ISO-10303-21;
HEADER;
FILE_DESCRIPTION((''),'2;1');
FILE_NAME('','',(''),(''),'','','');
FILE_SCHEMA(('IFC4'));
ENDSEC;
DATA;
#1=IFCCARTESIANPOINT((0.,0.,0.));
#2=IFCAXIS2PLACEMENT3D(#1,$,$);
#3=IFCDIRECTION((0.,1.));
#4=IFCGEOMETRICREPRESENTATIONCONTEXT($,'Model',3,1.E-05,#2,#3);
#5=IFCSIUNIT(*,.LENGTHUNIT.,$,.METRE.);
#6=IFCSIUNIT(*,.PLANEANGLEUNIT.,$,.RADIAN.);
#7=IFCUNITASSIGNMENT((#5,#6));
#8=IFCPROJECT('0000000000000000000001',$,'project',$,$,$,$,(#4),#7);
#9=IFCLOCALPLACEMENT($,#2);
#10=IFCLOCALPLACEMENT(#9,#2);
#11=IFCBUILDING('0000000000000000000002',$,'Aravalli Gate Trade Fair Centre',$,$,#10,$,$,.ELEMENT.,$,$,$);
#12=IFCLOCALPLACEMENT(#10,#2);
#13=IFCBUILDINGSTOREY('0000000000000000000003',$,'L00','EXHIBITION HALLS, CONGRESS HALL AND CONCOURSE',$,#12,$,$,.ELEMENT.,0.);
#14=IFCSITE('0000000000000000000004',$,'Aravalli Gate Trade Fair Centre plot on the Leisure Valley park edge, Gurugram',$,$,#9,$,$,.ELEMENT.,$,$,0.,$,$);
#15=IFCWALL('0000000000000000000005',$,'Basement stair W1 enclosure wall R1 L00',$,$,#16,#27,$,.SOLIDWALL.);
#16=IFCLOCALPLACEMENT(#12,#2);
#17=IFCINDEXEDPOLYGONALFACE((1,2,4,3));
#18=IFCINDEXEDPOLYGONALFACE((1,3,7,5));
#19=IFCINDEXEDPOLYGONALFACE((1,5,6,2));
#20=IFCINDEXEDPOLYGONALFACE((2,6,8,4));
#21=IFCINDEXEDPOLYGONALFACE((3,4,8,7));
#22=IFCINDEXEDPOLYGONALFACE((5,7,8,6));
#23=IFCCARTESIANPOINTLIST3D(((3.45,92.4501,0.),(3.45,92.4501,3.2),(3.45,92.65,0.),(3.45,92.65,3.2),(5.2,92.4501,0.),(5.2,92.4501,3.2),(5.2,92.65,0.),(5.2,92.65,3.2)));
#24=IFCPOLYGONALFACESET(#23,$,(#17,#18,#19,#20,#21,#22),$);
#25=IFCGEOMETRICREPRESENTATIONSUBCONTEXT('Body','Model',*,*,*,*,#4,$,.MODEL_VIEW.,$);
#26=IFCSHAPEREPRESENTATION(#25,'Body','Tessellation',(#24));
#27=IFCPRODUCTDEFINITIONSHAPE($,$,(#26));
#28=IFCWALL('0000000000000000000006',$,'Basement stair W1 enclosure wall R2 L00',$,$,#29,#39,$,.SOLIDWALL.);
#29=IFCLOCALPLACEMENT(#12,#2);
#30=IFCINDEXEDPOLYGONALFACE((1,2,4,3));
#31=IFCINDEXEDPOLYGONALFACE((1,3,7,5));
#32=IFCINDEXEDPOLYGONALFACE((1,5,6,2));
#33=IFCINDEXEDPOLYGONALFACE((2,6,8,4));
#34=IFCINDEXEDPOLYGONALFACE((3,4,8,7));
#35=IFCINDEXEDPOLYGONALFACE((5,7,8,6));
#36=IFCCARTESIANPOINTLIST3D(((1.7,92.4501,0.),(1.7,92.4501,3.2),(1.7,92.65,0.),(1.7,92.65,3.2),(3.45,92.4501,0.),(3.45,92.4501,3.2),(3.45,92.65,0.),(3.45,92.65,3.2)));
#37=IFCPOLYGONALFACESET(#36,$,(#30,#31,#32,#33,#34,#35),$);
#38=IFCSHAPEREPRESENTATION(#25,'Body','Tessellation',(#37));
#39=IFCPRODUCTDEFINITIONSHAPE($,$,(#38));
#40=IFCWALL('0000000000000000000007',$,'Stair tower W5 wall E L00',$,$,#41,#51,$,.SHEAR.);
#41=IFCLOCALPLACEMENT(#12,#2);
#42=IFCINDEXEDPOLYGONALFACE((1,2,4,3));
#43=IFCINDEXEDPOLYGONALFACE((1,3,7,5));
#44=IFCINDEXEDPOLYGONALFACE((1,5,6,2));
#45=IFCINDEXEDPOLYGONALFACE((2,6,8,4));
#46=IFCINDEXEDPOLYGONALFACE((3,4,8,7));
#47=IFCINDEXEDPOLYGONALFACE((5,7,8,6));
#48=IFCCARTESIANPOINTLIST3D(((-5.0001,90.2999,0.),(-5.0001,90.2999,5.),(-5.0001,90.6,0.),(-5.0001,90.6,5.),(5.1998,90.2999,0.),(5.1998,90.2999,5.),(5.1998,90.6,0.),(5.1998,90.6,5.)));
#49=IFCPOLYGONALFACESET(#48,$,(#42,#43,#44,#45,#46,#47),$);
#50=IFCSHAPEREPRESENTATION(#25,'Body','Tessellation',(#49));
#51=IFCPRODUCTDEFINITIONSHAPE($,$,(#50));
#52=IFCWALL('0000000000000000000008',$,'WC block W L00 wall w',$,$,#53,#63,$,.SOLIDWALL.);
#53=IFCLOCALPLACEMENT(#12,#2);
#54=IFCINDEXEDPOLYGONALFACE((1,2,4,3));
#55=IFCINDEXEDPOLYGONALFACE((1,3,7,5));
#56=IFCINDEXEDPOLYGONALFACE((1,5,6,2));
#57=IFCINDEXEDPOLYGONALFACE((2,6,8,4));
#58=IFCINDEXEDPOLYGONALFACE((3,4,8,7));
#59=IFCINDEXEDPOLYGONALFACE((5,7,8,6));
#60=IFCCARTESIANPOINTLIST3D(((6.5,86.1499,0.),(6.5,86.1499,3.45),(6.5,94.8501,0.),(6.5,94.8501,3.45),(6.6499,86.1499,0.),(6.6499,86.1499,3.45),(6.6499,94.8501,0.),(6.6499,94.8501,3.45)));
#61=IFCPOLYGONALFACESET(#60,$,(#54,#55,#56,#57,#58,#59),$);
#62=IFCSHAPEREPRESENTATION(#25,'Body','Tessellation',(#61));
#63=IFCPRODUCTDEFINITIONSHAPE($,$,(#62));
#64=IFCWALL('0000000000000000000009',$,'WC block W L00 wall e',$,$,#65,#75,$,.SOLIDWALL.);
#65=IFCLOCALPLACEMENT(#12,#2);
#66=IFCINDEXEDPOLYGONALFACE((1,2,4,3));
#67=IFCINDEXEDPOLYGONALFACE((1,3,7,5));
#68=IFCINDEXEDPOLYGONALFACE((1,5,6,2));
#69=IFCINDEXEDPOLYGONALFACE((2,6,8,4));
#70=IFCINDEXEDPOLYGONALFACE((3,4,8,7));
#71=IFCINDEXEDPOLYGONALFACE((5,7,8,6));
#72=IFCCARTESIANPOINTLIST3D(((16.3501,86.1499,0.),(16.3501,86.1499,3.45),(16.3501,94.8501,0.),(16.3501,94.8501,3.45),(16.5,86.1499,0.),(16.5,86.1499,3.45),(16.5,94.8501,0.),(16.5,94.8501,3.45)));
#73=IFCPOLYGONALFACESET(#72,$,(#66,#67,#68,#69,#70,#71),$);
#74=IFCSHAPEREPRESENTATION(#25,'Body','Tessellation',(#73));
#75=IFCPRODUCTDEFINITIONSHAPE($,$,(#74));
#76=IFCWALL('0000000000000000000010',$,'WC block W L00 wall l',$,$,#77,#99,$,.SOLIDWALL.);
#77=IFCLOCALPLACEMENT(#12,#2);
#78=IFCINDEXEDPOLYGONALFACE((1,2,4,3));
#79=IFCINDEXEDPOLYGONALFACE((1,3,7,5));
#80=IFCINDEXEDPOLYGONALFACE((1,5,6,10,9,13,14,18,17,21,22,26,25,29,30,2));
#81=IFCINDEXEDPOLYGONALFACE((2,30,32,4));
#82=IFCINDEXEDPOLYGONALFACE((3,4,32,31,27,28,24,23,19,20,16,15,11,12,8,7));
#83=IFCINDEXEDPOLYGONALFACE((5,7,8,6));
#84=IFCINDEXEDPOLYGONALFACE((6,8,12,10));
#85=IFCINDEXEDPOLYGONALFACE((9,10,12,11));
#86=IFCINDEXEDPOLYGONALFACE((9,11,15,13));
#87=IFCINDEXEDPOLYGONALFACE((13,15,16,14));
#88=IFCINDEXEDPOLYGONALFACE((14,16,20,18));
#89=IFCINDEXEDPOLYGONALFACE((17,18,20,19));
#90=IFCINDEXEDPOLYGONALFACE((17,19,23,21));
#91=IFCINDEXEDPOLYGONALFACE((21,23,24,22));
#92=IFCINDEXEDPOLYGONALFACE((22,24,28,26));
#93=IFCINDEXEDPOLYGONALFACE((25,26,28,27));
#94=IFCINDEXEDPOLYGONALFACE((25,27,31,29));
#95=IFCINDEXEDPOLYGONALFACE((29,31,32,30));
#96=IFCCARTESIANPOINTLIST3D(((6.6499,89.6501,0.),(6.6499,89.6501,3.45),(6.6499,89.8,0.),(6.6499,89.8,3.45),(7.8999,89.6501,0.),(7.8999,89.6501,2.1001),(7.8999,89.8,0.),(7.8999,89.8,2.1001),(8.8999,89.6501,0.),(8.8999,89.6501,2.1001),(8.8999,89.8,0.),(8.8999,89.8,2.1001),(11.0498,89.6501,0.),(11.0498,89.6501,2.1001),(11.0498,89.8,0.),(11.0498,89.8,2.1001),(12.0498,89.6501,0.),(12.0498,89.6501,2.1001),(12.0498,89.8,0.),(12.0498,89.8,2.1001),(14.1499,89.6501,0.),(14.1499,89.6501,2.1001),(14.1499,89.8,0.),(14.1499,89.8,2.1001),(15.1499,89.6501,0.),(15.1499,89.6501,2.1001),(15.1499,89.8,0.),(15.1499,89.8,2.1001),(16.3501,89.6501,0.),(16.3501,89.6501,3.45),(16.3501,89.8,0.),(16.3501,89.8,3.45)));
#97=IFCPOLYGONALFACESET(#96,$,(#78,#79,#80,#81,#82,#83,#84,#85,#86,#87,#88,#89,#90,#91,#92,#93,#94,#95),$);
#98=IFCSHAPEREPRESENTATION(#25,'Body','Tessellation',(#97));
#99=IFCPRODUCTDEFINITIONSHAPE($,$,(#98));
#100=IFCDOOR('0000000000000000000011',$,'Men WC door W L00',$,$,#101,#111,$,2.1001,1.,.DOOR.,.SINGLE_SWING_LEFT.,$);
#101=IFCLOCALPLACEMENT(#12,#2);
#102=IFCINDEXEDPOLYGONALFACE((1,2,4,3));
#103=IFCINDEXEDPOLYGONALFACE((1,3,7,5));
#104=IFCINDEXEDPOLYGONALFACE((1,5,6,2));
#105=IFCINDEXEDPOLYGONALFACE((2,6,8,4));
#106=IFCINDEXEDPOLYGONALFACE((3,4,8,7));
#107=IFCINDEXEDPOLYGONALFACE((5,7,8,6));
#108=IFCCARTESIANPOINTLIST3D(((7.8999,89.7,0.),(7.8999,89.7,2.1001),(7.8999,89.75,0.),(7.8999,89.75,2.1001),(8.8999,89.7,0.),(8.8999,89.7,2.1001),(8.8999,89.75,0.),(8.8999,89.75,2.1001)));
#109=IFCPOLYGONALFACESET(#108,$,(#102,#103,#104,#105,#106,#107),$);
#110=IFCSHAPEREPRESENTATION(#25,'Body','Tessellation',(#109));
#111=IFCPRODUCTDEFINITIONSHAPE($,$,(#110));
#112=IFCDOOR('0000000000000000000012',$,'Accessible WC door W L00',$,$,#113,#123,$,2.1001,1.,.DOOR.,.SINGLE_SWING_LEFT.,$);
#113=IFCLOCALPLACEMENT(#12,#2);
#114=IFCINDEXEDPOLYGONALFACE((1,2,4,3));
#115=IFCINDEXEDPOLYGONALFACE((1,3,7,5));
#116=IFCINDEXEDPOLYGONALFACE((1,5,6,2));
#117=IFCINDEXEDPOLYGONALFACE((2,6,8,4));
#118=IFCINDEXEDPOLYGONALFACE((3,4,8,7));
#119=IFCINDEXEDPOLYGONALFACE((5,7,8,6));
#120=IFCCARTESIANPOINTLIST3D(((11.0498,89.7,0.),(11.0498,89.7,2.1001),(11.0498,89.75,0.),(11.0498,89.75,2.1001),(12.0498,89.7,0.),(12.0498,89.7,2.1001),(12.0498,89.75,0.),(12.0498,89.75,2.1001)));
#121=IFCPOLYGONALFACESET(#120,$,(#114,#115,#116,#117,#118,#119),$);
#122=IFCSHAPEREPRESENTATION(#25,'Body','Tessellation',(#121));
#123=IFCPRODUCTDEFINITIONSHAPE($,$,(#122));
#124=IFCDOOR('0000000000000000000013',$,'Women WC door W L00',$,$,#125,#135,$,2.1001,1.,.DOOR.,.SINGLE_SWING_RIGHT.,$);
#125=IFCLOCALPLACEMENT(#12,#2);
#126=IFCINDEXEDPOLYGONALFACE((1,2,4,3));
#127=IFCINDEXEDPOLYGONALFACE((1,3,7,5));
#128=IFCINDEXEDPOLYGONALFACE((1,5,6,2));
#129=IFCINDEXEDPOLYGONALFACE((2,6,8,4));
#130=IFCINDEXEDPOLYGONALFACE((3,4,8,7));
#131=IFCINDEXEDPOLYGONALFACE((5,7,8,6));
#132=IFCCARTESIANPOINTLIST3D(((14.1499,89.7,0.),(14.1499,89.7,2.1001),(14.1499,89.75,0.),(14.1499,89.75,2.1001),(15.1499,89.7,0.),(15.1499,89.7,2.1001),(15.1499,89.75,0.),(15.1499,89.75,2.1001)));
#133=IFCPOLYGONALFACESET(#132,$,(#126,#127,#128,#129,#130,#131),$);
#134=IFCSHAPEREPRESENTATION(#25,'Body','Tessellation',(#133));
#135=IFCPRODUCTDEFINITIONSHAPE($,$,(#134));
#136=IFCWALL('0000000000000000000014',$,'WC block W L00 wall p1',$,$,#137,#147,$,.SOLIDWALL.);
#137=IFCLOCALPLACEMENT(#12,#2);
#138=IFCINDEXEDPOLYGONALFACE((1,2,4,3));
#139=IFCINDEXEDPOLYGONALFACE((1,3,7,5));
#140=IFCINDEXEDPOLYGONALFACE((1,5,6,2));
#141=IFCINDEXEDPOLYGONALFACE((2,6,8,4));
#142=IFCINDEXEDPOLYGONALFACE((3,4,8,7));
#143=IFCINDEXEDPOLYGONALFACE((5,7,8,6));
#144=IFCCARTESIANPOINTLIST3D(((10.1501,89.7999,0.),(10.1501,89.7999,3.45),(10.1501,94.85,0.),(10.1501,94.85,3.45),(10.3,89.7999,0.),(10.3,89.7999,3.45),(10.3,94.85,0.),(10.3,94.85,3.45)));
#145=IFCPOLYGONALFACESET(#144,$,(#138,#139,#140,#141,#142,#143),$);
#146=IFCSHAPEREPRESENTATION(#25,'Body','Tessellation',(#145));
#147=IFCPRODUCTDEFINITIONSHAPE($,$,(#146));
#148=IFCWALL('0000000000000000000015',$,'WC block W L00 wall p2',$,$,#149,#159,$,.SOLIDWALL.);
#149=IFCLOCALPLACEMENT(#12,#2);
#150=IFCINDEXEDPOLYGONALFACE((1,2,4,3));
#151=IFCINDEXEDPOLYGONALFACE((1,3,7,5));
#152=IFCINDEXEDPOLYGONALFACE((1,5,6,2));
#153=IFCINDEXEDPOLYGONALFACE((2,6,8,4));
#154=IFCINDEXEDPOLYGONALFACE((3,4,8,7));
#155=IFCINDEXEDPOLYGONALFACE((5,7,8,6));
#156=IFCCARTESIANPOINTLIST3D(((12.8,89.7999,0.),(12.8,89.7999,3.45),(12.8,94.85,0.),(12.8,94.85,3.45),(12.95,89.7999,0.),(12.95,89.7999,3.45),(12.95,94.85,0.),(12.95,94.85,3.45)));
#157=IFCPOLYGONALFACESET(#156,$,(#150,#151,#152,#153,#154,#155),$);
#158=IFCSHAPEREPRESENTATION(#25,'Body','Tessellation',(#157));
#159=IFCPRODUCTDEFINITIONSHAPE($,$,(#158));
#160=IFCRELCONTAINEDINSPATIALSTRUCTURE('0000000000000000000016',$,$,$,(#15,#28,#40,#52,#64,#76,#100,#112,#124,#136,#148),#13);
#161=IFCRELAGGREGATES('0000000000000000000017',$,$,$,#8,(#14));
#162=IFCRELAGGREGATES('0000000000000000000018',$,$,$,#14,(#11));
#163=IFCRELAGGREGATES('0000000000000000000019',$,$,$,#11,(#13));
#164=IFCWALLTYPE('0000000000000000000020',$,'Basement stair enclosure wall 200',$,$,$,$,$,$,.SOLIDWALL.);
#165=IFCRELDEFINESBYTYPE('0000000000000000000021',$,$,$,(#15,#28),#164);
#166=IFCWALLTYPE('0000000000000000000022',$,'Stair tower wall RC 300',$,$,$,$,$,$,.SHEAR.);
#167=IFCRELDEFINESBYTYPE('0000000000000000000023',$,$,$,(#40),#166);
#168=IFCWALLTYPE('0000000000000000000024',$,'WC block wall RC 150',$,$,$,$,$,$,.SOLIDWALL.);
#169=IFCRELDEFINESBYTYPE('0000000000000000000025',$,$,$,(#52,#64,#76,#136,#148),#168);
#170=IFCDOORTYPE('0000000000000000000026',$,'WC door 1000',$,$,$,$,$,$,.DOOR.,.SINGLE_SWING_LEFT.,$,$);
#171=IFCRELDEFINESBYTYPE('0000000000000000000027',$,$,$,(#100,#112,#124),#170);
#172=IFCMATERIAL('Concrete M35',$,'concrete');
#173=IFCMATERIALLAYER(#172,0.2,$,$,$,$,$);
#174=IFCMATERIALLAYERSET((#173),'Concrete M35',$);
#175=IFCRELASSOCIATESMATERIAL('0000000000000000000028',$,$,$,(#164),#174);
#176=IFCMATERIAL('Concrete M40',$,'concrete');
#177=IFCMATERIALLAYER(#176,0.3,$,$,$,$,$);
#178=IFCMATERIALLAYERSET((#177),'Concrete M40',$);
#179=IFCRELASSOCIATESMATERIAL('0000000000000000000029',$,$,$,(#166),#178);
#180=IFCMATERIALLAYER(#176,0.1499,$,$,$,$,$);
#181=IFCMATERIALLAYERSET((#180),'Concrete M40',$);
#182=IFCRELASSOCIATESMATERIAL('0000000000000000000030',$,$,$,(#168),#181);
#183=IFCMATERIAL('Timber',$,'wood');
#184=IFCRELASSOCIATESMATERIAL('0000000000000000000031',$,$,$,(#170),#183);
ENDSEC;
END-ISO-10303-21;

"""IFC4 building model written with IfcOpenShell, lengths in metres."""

from ifc_helpers import new_model, si_unit, direction, frame, frame_2d, origin, place, context, subcontext, project, spatial, rectangle, extrude, material, layer, layer_set, type_object, element, fill, save


model = new_model("IFC4")

# Units and contexts
model_context = context("Model", 3, precision=1e-05, world=origin(), true_north=direction((0.0, 1.0)))
body_context = subcontext(model_context, "Body", "Model", "MODEL_VIEW")
ifc_project = project(units=[si_unit("LENGTHUNIT", "METRE"), si_unit("PLANEANGLEUNIT", "RADIAN")], contexts=[model_context])

# Site, building, storey
site_placement = place(None, origin())
site = spatial("IfcSite", under=ifc_project, at=site_placement, Name="Aravalli Gate Trade Fair Centre plot on the Leisure Valley park edge, Gurugram", CompositionType="ELEMENT", RefElevation=0.0)
building_placement = place(site_placement, origin())
building = spatial("IfcBuilding", under=site, at=building_placement, Name="Aravalli Gate Trade Fair Centre", CompositionType="ELEMENT")
storey_placement = place(building_placement, origin())
storey = spatial("IfcBuildingStorey", under=building, at=storey_placement, Name="L00", Description="EXHIBITION HALLS, CONGRESS HALL AND CONCOURSE", CompositionType="ELEMENT", Elevation=0.0)

# Walls
ifc_material_1 = material(Name="Concrete M35", Category="concrete")
ifc_layer_1 = layer(ifc_material_1, 0.2)
ifc_layer_set_1 = layer_set([ifc_layer_1], Name="Concrete M35")
wall_type_1 = type_object("IfcWallType", Name="Basement stair enclosure wall 200", PredefinedType="SOLIDWALL", material=ifc_layer_set_1)
for number, where, z_axis, x_axis, name in (
    (1, (5.2, 92.55, 0.0), (0.0, 0.0, 1.0), (-1.0, 0.0, 0.0), "Basement stair W1 enclosure wall R1 L00"),
    (2, (3.45, 92.55, 0.0), (0.0, 0.0, 1.0), (-1.0, 0.0, 0.0), "Basement stair W1 enclosure wall R2 L00"),
):
    element("IfcWall", number, at=place(storey_placement, frame(where, z_axis=z_axis, x_axis=x_axis)), inside=storey, type_object=wall_type_1, Name=name, PredefinedType="SOLIDWALL", context=body_context, shape_type="SweptSolid", body=[
        extrude(rectangle(XDim=1.75, YDim=0.2, at=frame_2d((0.875, 0.0))), origin(), (0.0, 0.0, 1.0), 3.2),
    ])
ifc_material_2 = material(Name="Concrete M40", Category="concrete")
ifc_layer_2 = layer(ifc_material_2, 0.3)
ifc_layer_set_2 = layer_set([ifc_layer_2], Name="Concrete M40")
wall_type_2 = type_object("IfcWallType", Name="Stair tower wall RC 300", PredefinedType="SHEAR", material=ifc_layer_set_2)
wall_1_placement = place(storey_placement, frame((5.2, 90.45, 0.0), z_axis=(0.0, 0.0, 1.0), x_axis=(-1.0, 0.0, 0.0)))
element("IfcWall", 3, at=wall_1_placement, inside=storey, type_object=wall_type_2, Name="Stair tower W5 wall E L00", PredefinedType="SHEAR", context=body_context, shape_type="SweptSolid", body=[
    extrude(rectangle(XDim=10.2, YDim=0.3, at=frame_2d((5.1001, 0.0))), origin(), (0.0, 0.0, 1.0), 5.0),
])
ifc_layer_3 = layer(ifc_material_2, 0.1499)
ifc_layer_set_3 = layer_set([ifc_layer_3], Name="Concrete M40")
wall_type_3 = type_object("IfcWallType", Name="WC block wall RC 150", PredefinedType="SOLIDWALL", material=ifc_layer_set_3)
for number, where, z_axis, x_axis, name in (
    (4, (6.575, 86.1499, 0.0), (0.0, 0.0, 1.0), (0.0, 1.0, 0.0), "WC block W L00 wall w"),
    (5, (16.425, 86.1499, 0.0), (0.0, 0.0, 1.0), (0.0, 1.0, 0.0), "WC block W L00 wall e"),
):
    element("IfcWall", number, at=place(storey_placement, frame(where, z_axis=z_axis, x_axis=x_axis)), inside=storey, type_object=wall_type_3, Name=name, PredefinedType="SOLIDWALL", context=body_context, shape_type="SweptSolid", body=[
        extrude(rectangle(XDim=8.7002, YDim=0.1499, at=frame_2d((4.3501, 0.0))), origin(), (0.0, 0.0, 1.0), 3.45),
    ])

# Wall, openings, doors
wall_2_placement = place(storey_placement, frame((6.6499, 89.7251, 0.0), z_axis=(0.0, 0.0, 1.0), x_axis=(1.0, 0.0, 0.0)))
wall_2 = element("IfcWall", 6, at=wall_2_placement, inside=storey, type_object=wall_type_3, Name="WC block W L00 wall l", PredefinedType="SOLIDWALL", context=body_context, shape_type="SweptSolid", body=[
    extrude(rectangle(XDim=9.7002, YDim=0.1499, at=frame_2d((4.8501, 0.0))), origin(), (0.0, 0.0, 1.0), 3.45),
])
opening_1_placement = place(wall_2_placement, frame((1.25, 0.0, 0.0)))
opening_1 = element("IfcOpeningElement", 7, at=opening_1_placement, cuts=wall_2, PredefinedType="OPENING", context=body_context, shape_type="SweptSolid", body=[
    extrude(rectangle(XDim=1.0, YDim=2.1001, at=frame_2d((0.5, 1.05))), frame((0.0, 0.085, 0.0), z_axis=(0.0, -1.0, 0.0), x_axis=(1.0, 0.0, 0.0)), (0.0, 0.0, 1.0), 0.1699),
])
opening_2_placement = place(wall_2_placement, frame((4.3999, 0.0, 0.0)))
opening_2 = element("IfcOpeningElement", 8, at=opening_2_placement, cuts=wall_2, PredefinedType="OPENING", context=body_context, shape_type="SweptSolid", body=[
    extrude(rectangle(XDim=1.0, YDim=2.1001, at=frame_2d((0.5, 1.05))), frame((0.0, 0.085, 0.0), z_axis=(0.0, -1.0, 0.0), x_axis=(1.0, 0.0, 0.0)), (0.0, 0.0, 1.0), 0.1699),
])
opening_3_placement = place(wall_2_placement, frame((7.5, 0.0, 0.0)))
opening_3 = element("IfcOpeningElement", 9, at=opening_3_placement, cuts=wall_2, PredefinedType="OPENING", context=body_context, shape_type="SweptSolid", body=[
    extrude(rectangle(XDim=1.0, YDim=2.1001, at=frame_2d((0.5, 1.05))), frame((0.0, 0.085, 0.0), z_axis=(0.0, -1.0, 0.0), x_axis=(1.0, 0.0, 0.0)), (0.0, 0.0, 1.0), 0.1699),
])
ifc_material_3 = material(Name="Timber", Category="wood")
door_type = type_object("IfcDoorType", Name="WC door 1000", OperationType="SINGLE_SWING_LEFT", PredefinedType="DOOR", material=ifc_material_3)
door_1_placement = place(opening_1_placement, origin())
door_1 = element("IfcDoor", 10, at=door_1_placement, inside=storey, type_object=door_type, Name="Men WC door W L00", OperationType="SINGLE_SWING_LEFT", OverallHeight=2.1001, OverallWidth=1.0, PredefinedType="DOOR", context=body_context, shape_type="SweptSolid", body=[
    extrude(rectangle(XDim=1.0, YDim=2.1001, at=frame_2d((0.5, 1.05))), frame((0.0, 0.0249, 0.0), z_axis=(0.0, -1.0, 0.0), x_axis=(1.0, 0.0, 0.0)), (0.0, 0.0, 1.0), 0.05),
])
fill(opening_1, door_1)
door_2_placement = place(opening_2_placement, origin())
door_2 = element("IfcDoor", 11, at=door_2_placement, inside=storey, type_object=door_type, Name="Accessible WC door W L00", OperationType="SINGLE_SWING_LEFT", OverallHeight=2.1001, OverallWidth=1.0, PredefinedType="DOOR", context=body_context, shape_type="SweptSolid", body=[
    extrude(rectangle(XDim=1.0, YDim=2.1001, at=frame_2d((0.5, 1.05))), frame((0.0, 0.0249, 0.0), z_axis=(0.0, -1.0, 0.0), x_axis=(1.0, 0.0, 0.0)), (0.0, 0.0, 1.0), 0.05),
])
fill(opening_2, door_2)
door_3_placement = place(opening_3_placement, origin())
door_3 = element("IfcDoor", 12, at=door_3_placement, inside=storey, type_object=door_type, Name="Women WC door W L00", OperationType="SINGLE_SWING_RIGHT", OverallHeight=2.1001, OverallWidth=1.0, PredefinedType="DOOR", context=body_context, shape_type="SweptSolid", body=[
    extrude(rectangle(XDim=1.0, YDim=2.1001, at=frame_2d((0.5, 1.05))), frame((0.0, 0.0249, 0.0), z_axis=(0.0, -1.0, 0.0), x_axis=(1.0, 0.0, 0.0)), (0.0, 0.0, 1.0), 0.05),
])
fill(opening_3, door_3)

# Walls
for number, where, z_axis, x_axis, name in (
    (13, (10.2251, 89.8, 0.0), (0.0, 0.0, 1.0), (0.0, 1.0, 0.0), "WC block W L00 wall p1"),
    (14, (12.875, 89.8, 0.0), (0.0, 0.0, 1.0), (0.0, 1.0, 0.0), "WC block W L00 wall p2"),
):
    element("IfcWall", number, at=place(storey_placement, frame(where, z_axis=z_axis, x_axis=x_axis)), inside=storey, type_object=wall_type_3, Name=name, PredefinedType="SOLIDWALL", context=body_context, shape_type="SweptSolid", body=[
        extrude(rectangle(XDim=5.05, YDim=0.1499, at=frame_2d((2.5249, 0.0))), origin(), (0.0, 0.0, 1.0), 3.45),
    ])

save(model, "model.ifc")
